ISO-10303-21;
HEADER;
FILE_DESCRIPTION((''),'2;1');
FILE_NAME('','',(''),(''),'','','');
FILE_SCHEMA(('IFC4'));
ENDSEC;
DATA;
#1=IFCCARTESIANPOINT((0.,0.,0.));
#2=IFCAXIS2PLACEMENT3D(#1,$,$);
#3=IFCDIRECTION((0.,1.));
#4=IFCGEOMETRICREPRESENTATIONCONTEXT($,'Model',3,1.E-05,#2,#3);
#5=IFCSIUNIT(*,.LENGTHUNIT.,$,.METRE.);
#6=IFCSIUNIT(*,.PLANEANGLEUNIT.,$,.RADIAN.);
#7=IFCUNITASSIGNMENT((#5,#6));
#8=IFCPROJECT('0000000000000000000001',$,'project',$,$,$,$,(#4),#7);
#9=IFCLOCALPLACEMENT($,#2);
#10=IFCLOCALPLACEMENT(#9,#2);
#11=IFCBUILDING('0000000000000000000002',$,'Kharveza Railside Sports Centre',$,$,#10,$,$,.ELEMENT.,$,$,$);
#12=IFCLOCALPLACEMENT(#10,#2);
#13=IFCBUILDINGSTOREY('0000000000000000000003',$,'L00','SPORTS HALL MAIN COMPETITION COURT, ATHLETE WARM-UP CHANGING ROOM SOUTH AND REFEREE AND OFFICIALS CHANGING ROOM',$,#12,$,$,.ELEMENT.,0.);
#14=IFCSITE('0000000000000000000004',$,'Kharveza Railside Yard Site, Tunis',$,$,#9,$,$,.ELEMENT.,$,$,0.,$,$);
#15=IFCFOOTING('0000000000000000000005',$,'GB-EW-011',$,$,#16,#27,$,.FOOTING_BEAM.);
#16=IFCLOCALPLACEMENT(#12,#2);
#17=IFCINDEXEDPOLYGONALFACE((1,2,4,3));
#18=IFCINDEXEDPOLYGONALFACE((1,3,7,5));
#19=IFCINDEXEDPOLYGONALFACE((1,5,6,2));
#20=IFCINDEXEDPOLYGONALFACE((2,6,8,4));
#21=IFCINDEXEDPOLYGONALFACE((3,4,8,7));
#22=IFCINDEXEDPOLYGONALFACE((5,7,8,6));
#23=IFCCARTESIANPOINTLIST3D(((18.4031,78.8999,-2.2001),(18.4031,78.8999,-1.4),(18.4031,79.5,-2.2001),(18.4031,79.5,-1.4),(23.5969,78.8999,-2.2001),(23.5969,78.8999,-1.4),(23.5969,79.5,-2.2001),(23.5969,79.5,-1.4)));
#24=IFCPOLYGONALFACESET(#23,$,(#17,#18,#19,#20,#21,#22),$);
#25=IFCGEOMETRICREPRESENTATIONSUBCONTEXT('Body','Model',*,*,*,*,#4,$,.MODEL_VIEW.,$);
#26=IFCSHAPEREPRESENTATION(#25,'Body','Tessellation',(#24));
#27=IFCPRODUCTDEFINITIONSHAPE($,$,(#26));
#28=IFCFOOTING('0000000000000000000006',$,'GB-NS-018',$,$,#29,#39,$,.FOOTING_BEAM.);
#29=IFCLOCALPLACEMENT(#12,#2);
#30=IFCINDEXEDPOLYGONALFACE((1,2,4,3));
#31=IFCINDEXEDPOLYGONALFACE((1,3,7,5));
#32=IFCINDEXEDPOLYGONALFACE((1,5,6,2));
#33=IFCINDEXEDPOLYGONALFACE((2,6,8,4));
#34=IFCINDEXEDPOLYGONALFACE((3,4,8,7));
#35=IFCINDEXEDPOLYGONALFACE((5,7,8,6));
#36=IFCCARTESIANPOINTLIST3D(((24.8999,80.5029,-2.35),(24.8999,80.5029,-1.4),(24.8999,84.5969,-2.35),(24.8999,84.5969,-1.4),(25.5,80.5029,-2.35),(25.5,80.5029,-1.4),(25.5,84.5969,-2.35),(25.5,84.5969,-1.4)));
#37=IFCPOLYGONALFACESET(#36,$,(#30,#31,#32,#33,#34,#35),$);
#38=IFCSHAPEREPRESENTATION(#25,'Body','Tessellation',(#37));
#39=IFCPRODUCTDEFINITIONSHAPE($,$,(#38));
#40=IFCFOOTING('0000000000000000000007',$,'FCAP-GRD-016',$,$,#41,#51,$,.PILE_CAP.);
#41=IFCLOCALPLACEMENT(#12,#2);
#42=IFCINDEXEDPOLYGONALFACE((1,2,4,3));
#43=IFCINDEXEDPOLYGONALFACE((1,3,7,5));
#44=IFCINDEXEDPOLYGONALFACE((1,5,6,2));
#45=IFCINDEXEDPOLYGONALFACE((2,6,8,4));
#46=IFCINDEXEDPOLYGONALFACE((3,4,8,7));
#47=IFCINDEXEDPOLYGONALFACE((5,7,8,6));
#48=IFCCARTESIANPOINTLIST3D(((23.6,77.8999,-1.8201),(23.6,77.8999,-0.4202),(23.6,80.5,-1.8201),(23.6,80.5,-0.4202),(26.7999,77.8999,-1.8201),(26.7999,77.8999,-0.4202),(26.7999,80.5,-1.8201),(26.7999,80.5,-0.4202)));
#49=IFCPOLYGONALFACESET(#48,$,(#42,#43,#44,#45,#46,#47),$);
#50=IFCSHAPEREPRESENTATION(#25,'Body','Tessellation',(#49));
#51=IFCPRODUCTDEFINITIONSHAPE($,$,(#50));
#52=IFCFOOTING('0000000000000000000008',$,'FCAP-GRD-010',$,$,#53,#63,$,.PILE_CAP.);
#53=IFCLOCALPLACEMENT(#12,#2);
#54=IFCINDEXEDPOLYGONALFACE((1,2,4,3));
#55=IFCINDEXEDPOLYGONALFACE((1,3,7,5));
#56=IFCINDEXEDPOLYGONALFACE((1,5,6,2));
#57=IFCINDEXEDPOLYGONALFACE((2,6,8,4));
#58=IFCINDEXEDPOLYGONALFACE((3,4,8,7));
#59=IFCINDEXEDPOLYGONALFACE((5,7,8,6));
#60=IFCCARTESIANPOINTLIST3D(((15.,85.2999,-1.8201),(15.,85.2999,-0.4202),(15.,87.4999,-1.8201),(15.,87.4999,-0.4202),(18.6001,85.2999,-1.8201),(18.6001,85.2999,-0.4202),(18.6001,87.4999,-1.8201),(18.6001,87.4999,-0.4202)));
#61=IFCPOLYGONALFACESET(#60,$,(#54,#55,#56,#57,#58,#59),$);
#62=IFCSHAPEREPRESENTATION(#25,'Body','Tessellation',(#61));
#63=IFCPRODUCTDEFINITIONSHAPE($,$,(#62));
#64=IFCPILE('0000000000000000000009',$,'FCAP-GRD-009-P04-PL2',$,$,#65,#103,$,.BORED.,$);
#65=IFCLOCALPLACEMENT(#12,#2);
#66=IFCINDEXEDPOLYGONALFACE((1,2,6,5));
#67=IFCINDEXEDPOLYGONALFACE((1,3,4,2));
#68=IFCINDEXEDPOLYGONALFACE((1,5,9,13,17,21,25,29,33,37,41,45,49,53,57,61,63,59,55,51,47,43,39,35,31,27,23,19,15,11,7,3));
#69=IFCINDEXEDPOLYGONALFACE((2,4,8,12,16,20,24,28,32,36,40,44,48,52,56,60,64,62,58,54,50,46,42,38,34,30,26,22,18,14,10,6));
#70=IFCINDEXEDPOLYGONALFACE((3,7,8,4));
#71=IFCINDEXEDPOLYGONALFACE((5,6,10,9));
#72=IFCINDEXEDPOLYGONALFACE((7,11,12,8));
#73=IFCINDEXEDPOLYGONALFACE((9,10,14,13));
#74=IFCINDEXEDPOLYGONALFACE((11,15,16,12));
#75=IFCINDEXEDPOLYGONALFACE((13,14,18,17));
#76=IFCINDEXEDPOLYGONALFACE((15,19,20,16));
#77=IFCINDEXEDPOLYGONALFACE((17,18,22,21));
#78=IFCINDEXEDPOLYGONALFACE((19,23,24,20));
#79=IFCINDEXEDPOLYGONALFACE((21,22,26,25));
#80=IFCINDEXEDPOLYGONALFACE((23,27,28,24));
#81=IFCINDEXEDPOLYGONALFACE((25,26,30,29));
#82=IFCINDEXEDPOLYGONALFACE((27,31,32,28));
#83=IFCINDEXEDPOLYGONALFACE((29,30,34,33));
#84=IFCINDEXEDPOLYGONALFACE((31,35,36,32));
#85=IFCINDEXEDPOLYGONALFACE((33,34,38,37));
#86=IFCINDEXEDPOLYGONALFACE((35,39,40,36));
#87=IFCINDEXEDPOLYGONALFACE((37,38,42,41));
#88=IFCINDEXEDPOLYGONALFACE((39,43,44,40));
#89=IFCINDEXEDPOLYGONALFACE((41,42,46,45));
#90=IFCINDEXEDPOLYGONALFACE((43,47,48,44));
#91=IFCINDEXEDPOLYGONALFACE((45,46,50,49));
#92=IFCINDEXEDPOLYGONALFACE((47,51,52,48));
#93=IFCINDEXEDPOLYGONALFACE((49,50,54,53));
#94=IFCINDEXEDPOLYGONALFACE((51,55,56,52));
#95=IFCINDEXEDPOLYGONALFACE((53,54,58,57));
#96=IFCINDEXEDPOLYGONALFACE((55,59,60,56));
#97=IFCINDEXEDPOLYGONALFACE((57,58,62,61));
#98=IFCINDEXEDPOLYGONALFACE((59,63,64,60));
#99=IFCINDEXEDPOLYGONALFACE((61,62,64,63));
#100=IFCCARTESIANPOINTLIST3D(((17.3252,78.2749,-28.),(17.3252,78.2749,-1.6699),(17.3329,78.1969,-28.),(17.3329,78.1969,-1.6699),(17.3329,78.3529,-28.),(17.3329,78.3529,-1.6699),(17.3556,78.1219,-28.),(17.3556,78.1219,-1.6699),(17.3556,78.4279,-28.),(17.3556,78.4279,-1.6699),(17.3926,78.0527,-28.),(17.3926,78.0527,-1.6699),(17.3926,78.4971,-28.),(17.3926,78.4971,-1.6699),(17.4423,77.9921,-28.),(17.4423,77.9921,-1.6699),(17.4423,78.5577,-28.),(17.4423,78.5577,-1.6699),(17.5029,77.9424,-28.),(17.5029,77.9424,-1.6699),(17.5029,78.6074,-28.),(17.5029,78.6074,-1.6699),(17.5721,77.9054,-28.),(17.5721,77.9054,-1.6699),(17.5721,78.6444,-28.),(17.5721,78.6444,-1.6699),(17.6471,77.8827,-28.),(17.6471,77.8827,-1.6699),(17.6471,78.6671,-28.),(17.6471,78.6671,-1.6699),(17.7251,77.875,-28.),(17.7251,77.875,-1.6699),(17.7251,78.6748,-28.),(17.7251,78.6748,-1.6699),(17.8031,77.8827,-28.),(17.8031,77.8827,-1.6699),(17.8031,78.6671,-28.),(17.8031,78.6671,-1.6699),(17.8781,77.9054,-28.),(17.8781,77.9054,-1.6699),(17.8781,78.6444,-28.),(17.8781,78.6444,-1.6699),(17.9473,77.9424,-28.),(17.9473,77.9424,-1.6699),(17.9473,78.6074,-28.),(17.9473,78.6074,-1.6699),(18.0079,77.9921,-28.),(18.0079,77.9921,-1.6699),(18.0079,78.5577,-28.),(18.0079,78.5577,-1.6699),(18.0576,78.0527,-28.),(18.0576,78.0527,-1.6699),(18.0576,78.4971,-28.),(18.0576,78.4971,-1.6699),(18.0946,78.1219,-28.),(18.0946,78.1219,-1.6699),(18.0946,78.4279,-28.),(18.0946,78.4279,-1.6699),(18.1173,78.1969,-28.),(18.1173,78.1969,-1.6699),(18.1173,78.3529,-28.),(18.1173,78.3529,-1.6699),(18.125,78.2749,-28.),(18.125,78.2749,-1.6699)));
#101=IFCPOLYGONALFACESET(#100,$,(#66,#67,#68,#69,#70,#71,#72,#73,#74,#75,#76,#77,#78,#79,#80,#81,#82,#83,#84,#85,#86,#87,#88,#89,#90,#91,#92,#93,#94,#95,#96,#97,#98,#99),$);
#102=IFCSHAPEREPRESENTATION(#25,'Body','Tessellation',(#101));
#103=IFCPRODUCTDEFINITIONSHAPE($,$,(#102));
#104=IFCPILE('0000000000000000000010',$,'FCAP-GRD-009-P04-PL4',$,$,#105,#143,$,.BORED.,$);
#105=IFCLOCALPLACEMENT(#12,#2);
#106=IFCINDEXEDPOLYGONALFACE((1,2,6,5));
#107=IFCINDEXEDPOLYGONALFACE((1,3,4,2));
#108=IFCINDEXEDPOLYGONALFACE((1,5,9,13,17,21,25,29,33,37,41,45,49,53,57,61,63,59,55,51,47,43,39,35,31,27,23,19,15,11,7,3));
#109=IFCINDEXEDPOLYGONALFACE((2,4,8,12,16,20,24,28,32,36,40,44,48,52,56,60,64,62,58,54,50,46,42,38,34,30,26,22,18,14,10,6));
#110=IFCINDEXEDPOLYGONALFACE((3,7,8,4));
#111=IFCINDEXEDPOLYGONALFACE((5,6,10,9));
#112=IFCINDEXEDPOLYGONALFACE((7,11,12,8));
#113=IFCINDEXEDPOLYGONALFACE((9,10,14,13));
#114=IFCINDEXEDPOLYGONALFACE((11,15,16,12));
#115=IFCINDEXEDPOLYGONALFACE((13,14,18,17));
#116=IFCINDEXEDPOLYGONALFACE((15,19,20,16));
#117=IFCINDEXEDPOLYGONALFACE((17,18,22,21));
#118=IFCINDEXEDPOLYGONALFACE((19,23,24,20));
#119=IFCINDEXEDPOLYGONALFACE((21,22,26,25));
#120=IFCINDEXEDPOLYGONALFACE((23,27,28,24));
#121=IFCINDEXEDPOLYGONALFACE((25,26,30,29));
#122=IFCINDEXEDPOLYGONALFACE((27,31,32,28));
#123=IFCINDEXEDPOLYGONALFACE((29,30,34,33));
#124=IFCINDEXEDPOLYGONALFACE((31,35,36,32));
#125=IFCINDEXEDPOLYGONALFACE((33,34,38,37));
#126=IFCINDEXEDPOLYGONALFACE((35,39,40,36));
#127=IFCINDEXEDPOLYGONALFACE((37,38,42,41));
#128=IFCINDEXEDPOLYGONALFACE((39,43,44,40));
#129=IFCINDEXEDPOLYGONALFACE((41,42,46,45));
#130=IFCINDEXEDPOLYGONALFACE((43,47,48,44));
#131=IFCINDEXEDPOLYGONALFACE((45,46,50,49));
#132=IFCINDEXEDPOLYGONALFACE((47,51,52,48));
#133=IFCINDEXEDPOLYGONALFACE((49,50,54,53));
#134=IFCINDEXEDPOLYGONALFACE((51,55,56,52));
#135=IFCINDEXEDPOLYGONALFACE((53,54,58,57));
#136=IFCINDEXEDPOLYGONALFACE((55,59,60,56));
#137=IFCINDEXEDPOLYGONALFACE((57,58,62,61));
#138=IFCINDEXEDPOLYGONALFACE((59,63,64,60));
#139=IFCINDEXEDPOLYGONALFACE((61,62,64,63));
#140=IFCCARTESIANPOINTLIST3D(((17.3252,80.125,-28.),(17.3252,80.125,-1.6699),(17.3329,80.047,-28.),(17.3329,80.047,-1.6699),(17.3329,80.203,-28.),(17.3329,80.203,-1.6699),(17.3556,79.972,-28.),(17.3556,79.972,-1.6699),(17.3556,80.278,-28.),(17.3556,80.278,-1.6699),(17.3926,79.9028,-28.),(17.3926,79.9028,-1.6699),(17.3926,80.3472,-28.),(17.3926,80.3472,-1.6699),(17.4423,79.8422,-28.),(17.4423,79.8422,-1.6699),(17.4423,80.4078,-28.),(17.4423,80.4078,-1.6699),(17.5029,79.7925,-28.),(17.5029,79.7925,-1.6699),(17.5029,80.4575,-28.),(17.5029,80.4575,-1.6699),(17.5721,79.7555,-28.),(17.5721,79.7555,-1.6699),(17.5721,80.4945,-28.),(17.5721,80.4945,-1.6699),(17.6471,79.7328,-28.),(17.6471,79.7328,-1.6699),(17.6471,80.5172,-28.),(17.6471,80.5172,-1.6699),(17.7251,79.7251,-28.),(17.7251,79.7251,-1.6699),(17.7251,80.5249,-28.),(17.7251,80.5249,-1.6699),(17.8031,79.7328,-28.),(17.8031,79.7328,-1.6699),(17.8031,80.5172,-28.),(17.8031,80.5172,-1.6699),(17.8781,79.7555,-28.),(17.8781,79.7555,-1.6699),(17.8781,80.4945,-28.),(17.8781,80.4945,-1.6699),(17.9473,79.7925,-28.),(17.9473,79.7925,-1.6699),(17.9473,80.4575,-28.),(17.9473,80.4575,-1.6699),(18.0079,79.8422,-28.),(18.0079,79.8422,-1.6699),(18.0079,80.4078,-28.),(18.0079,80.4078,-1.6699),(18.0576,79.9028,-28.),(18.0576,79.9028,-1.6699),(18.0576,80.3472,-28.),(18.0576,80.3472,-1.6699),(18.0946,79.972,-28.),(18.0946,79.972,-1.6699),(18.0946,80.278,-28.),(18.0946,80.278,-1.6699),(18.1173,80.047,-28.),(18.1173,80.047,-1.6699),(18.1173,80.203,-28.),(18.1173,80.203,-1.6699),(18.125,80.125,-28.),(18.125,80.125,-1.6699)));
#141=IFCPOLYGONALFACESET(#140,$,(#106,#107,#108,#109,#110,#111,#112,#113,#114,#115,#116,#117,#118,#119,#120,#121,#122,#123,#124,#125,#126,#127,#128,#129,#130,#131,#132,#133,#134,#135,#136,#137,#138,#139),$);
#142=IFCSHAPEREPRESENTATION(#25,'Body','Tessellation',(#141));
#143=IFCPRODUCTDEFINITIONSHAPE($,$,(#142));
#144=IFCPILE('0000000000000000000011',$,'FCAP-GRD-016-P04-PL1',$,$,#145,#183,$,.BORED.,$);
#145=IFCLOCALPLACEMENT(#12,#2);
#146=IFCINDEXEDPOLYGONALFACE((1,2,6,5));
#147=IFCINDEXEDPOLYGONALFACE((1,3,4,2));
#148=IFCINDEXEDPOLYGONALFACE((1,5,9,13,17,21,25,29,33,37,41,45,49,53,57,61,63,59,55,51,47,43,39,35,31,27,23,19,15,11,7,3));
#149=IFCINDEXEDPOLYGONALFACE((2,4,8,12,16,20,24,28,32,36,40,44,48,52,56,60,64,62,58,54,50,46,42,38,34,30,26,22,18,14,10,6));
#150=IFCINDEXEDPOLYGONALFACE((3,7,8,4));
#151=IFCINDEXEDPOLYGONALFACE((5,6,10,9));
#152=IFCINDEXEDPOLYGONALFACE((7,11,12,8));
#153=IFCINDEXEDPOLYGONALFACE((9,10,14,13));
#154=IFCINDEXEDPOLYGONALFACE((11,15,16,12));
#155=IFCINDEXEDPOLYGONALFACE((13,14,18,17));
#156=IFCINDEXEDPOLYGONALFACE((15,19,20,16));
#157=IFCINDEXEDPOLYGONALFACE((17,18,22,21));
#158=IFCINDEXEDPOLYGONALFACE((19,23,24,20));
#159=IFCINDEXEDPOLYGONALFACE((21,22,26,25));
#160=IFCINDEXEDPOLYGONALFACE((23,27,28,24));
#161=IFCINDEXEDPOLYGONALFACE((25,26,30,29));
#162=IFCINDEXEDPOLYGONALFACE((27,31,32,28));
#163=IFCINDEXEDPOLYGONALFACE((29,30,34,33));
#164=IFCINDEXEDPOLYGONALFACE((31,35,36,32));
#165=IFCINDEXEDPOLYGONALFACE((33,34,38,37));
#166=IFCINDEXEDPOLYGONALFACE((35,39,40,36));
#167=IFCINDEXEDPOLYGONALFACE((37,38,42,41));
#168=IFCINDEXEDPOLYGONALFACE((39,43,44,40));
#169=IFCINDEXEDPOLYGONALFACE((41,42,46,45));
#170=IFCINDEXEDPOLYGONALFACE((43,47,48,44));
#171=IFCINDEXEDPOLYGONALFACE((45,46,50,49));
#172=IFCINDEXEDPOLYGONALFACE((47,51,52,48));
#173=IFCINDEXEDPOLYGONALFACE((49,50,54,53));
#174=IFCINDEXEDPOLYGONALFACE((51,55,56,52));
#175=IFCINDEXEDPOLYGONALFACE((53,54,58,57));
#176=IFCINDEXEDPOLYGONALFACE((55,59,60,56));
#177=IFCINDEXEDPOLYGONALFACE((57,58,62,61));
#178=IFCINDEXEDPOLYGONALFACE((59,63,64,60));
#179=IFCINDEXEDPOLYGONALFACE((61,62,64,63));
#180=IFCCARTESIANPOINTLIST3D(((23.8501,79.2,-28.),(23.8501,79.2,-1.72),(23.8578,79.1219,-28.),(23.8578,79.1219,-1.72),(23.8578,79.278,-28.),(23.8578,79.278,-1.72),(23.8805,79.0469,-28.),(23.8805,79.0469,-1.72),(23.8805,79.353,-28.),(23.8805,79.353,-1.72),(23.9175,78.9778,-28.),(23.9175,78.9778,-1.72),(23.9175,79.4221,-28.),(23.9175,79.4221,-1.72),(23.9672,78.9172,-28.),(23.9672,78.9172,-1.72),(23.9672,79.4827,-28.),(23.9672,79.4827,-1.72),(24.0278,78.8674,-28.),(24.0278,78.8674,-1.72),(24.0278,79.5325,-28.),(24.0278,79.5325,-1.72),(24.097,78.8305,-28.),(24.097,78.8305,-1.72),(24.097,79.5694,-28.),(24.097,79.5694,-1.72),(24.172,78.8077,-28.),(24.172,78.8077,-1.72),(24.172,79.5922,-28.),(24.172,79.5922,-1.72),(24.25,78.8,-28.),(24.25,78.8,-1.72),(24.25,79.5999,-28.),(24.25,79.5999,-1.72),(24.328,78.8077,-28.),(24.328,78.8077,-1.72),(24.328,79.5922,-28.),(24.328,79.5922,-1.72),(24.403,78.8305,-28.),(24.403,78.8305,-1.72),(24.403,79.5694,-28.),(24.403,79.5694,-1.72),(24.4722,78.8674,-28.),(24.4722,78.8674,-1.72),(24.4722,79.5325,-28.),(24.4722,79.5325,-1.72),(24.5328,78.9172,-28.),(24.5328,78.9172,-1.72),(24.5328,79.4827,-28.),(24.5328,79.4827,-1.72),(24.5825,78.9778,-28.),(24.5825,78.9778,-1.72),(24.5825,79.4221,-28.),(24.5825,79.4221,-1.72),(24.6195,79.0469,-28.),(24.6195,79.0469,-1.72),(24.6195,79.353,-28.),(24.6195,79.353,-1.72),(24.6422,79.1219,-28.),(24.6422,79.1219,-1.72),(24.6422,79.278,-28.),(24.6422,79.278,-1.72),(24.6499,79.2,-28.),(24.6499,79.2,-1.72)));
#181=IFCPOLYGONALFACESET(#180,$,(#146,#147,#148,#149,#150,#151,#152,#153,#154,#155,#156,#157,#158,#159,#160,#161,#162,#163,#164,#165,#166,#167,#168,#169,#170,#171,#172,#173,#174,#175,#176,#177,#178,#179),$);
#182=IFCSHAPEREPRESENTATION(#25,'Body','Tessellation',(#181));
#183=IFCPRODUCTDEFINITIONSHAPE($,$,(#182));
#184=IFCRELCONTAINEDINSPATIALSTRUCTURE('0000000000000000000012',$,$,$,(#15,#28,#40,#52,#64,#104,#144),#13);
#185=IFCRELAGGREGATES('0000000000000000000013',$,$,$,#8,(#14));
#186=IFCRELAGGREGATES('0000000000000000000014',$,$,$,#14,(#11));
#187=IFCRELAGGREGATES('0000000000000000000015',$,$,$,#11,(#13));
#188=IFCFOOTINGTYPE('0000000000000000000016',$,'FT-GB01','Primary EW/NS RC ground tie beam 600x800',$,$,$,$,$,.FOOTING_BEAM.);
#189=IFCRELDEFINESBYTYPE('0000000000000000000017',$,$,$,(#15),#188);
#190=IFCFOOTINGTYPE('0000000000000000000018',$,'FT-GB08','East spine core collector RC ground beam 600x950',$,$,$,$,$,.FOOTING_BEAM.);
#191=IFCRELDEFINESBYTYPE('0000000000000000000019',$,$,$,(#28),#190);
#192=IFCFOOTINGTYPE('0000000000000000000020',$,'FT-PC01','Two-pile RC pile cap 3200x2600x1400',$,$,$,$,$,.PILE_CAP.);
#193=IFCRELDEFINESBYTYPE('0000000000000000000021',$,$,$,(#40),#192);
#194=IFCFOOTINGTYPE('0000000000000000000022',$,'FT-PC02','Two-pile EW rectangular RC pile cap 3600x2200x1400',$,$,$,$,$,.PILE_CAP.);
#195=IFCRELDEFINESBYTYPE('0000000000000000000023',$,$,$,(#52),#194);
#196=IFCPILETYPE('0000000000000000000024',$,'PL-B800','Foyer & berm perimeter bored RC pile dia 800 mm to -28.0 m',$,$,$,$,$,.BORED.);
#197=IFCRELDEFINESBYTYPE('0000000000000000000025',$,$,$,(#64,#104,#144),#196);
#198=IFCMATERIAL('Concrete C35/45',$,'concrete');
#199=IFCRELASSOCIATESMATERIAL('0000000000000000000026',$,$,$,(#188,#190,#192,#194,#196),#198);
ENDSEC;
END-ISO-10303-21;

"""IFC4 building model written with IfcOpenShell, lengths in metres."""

from ifc_helpers import new_model, si_unit, direction, frame, origin, origin_2d, place, context, subcontext, project, spatial, rectangle, circle, extrude, material, material_profile, profile_set, type_object, element, save


model = new_model("IFC4")

# Units and contexts
model_context = context("Model", 3, precision=1e-05, world=origin(), true_north=direction((0.0, 1.0)))
body_context = subcontext(model_context, "Body", "Model", "MODEL_VIEW")
ifc_project = project(units=[si_unit("LENGTHUNIT", "METRE"), si_unit("PLANEANGLEUNIT", "RADIAN")], contexts=[model_context])

# Site, building, storey
site_placement = place(None, origin())
site = spatial("IfcSite", under=ifc_project, at=site_placement, Name="Kharveza Railside Yard Site, Tunis", CompositionType="ELEMENT", RefElevation=0.0)
building_placement = place(site_placement, origin())
building = spatial("IfcBuilding", under=site, at=building_placement, Name="Kharveza Railside Sports Centre", CompositionType="ELEMENT")
storey_placement = place(building_placement, origin())
storey = spatial("IfcBuildingStorey", under=building, at=storey_placement, Name="L00", Description="SPORTS HALL MAIN COMPETITION COURT, ATHLETE WARM-UP CHANGING ROOM SOUTH AND REFEREE AND OFFICIALS CHANGING ROOM", CompositionType="ELEMENT", Elevation=0.0)

# Footings
ifc_material_1 = material(Name="Concrete C35/45", Category="concrete")
ifc_material_profile_1 = material_profile(ifc_material_1, rectangle(XDim=0.6001, YDim=0.8, at=origin_2d()), Name="GB 600x800")
ifc_profile_set_1 = profile_set([ifc_material_profile_1], Name="Concrete C35/45")
footing_type_1 = type_object("IfcFootingType", Name="FT-GB01", Description="Primary EW/NS RC ground tie beam 600x800", PredefinedType="FOOTING_BEAM", material=ifc_profile_set_1)
footing_1_placement = place(storey_placement, frame((18.4031, 79.2, -1.8), z_axis=(1.0, 0.0, 0.0), x_axis=(0.0, 1.0, 0.0)))
element("IfcFooting", 1, at=footing_1_placement, inside=storey, type_object=footing_type_1, Name="GB-EW-011", PredefinedType="FOOTING_BEAM", context=body_context, shape_type="SweptSolid", body=[
    extrude(rectangle(XDim=0.6001, YDim=0.8, at=origin_2d()), origin(), (0.0, 0.0, 1.0), 5.1938),
])
ifc_material_profile_2 = material_profile(ifc_material_1, rectangle(XDim=0.6001, YDim=0.95, at=origin_2d()), Name="GB 600x950")
ifc_profile_set_2 = profile_set([ifc_material_profile_2], Name="Concrete C35/45")
footing_type_2 = type_object("IfcFootingType", Name="FT-GB08", Description="East spine core collector RC ground beam 600x950", PredefinedType="FOOTING_BEAM", material=ifc_profile_set_2)
footing_2_placement = place(storey_placement, frame((25.2, 80.5029, -1.875), z_axis=(0.0, 1.0, 0.0), x_axis=(-1.0, 0.0, 0.0)))
element("IfcFooting", 2, at=footing_2_placement, inside=storey, type_object=footing_type_2, Name="GB-NS-018", PredefinedType="FOOTING_BEAM", context=body_context, shape_type="SweptSolid", body=[
    extrude(rectangle(XDim=0.6001, YDim=0.95, at=origin_2d()), origin(), (0.0, 0.0, 1.0), 4.094),
])
footing_type_3 = type_object("IfcFootingType", Name="FT-PC01", Description="Two-pile RC pile cap 3200x2600x1400", PredefinedType="PILE_CAP", material=ifc_material_1)
footing_3_placement = place(storey_placement, frame((25.2, 79.2, -1.8201), z_axis=(0.0, 0.0, 1.0), x_axis=(1.0, 0.0, 0.0)))
element("IfcFooting", 3, at=footing_3_placement, inside=storey, type_object=footing_type_3, Name="FCAP-GRD-016", PredefinedType="PILE_CAP", context=body_context, shape_type="SweptSolid", body=[
    extrude(rectangle(XDim=3.2, YDim=2.6001, at=origin_2d()), origin(), (0.0, 0.0, 1.0), 1.3999),
])
footing_type_4 = type_object("IfcFootingType", Name="FT-PC02", Description="Two-pile EW rectangular RC pile cap 3600x2200x1400", PredefinedType="PILE_CAP", material=ifc_material_1)
footing_4_placement = place(storey_placement, frame((16.8, 86.3999, -1.8201), z_axis=(0.0, 0.0, 1.0), x_axis=(1.0, 0.0, 0.0)))
element("IfcFooting", 4, at=footing_4_placement, inside=storey, type_object=footing_type_4, Name="FCAP-GRD-010", PredefinedType="PILE_CAP", context=body_context, shape_type="SweptSolid", body=[
    extrude(rectangle(XDim=3.6001, YDim=2.2, at=origin_2d()), origin(), (0.0, 0.0, 1.0), 1.3999),
])

# Piles
ifc_material_profile_3 = material_profile(ifc_material_1, circle(Radius=0.3999, at=origin_2d()), Name="PILE D800")
ifc_profile_set_3 = profile_set([ifc_material_profile_3], Name="Concrete C35/45")
pile_type_1 = type_object("IfcPileType", Name="PL-B800", Description="Foyer & berm perimeter bored RC pile dia 800 mm to -28.0 m", PredefinedType="BORED", material=ifc_profile_set_3)
for number, where, z_axis, x_axis, name in (
    (5, (17.7251, 78.2749, -1.6699), (0.0, 0.0, -1.0), (1.0, 0.0, 0.0), "FCAP-GRD-009-P04-PL2"),
    (6, (17.7251, 80.125, -1.6699), (0.0, 0.0, -1.0), (1.0, 0.0, 0.0), "FCAP-GRD-009-P04-PL4"),
):
    element("IfcPile", number, at=place(storey_placement, frame(where, z_axis=z_axis, x_axis=x_axis)), inside=storey, type_object=pile_type_1, Name=name, PredefinedType="BORED", context=body_context, shape_type="SweptSolid", body=[
        extrude(circle(Radius=0.3999, at=origin_2d()), origin(), (0.0, 0.0, 1.0), 26.3301),
    ])
for number, where, z_axis, x_axis, name in (
    (7, (24.25, 79.2, -1.72), (0.0, 0.0, -1.0), (1.0, 0.0, 0.0), "FCAP-GRD-016-P04-PL1"),
):
    element("IfcPile", number, at=place(storey_placement, frame(where, z_axis=z_axis, x_axis=x_axis)), inside=storey, type_object=pile_type_1, Name=name, PredefinedType="BORED", context=body_context, shape_type="SweptSolid", body=[
        extrude(circle(Radius=0.3999, at=origin_2d()), origin(), (0.0, 0.0, 1.0), 26.28),
    ])

save(model, "model.ifc")
